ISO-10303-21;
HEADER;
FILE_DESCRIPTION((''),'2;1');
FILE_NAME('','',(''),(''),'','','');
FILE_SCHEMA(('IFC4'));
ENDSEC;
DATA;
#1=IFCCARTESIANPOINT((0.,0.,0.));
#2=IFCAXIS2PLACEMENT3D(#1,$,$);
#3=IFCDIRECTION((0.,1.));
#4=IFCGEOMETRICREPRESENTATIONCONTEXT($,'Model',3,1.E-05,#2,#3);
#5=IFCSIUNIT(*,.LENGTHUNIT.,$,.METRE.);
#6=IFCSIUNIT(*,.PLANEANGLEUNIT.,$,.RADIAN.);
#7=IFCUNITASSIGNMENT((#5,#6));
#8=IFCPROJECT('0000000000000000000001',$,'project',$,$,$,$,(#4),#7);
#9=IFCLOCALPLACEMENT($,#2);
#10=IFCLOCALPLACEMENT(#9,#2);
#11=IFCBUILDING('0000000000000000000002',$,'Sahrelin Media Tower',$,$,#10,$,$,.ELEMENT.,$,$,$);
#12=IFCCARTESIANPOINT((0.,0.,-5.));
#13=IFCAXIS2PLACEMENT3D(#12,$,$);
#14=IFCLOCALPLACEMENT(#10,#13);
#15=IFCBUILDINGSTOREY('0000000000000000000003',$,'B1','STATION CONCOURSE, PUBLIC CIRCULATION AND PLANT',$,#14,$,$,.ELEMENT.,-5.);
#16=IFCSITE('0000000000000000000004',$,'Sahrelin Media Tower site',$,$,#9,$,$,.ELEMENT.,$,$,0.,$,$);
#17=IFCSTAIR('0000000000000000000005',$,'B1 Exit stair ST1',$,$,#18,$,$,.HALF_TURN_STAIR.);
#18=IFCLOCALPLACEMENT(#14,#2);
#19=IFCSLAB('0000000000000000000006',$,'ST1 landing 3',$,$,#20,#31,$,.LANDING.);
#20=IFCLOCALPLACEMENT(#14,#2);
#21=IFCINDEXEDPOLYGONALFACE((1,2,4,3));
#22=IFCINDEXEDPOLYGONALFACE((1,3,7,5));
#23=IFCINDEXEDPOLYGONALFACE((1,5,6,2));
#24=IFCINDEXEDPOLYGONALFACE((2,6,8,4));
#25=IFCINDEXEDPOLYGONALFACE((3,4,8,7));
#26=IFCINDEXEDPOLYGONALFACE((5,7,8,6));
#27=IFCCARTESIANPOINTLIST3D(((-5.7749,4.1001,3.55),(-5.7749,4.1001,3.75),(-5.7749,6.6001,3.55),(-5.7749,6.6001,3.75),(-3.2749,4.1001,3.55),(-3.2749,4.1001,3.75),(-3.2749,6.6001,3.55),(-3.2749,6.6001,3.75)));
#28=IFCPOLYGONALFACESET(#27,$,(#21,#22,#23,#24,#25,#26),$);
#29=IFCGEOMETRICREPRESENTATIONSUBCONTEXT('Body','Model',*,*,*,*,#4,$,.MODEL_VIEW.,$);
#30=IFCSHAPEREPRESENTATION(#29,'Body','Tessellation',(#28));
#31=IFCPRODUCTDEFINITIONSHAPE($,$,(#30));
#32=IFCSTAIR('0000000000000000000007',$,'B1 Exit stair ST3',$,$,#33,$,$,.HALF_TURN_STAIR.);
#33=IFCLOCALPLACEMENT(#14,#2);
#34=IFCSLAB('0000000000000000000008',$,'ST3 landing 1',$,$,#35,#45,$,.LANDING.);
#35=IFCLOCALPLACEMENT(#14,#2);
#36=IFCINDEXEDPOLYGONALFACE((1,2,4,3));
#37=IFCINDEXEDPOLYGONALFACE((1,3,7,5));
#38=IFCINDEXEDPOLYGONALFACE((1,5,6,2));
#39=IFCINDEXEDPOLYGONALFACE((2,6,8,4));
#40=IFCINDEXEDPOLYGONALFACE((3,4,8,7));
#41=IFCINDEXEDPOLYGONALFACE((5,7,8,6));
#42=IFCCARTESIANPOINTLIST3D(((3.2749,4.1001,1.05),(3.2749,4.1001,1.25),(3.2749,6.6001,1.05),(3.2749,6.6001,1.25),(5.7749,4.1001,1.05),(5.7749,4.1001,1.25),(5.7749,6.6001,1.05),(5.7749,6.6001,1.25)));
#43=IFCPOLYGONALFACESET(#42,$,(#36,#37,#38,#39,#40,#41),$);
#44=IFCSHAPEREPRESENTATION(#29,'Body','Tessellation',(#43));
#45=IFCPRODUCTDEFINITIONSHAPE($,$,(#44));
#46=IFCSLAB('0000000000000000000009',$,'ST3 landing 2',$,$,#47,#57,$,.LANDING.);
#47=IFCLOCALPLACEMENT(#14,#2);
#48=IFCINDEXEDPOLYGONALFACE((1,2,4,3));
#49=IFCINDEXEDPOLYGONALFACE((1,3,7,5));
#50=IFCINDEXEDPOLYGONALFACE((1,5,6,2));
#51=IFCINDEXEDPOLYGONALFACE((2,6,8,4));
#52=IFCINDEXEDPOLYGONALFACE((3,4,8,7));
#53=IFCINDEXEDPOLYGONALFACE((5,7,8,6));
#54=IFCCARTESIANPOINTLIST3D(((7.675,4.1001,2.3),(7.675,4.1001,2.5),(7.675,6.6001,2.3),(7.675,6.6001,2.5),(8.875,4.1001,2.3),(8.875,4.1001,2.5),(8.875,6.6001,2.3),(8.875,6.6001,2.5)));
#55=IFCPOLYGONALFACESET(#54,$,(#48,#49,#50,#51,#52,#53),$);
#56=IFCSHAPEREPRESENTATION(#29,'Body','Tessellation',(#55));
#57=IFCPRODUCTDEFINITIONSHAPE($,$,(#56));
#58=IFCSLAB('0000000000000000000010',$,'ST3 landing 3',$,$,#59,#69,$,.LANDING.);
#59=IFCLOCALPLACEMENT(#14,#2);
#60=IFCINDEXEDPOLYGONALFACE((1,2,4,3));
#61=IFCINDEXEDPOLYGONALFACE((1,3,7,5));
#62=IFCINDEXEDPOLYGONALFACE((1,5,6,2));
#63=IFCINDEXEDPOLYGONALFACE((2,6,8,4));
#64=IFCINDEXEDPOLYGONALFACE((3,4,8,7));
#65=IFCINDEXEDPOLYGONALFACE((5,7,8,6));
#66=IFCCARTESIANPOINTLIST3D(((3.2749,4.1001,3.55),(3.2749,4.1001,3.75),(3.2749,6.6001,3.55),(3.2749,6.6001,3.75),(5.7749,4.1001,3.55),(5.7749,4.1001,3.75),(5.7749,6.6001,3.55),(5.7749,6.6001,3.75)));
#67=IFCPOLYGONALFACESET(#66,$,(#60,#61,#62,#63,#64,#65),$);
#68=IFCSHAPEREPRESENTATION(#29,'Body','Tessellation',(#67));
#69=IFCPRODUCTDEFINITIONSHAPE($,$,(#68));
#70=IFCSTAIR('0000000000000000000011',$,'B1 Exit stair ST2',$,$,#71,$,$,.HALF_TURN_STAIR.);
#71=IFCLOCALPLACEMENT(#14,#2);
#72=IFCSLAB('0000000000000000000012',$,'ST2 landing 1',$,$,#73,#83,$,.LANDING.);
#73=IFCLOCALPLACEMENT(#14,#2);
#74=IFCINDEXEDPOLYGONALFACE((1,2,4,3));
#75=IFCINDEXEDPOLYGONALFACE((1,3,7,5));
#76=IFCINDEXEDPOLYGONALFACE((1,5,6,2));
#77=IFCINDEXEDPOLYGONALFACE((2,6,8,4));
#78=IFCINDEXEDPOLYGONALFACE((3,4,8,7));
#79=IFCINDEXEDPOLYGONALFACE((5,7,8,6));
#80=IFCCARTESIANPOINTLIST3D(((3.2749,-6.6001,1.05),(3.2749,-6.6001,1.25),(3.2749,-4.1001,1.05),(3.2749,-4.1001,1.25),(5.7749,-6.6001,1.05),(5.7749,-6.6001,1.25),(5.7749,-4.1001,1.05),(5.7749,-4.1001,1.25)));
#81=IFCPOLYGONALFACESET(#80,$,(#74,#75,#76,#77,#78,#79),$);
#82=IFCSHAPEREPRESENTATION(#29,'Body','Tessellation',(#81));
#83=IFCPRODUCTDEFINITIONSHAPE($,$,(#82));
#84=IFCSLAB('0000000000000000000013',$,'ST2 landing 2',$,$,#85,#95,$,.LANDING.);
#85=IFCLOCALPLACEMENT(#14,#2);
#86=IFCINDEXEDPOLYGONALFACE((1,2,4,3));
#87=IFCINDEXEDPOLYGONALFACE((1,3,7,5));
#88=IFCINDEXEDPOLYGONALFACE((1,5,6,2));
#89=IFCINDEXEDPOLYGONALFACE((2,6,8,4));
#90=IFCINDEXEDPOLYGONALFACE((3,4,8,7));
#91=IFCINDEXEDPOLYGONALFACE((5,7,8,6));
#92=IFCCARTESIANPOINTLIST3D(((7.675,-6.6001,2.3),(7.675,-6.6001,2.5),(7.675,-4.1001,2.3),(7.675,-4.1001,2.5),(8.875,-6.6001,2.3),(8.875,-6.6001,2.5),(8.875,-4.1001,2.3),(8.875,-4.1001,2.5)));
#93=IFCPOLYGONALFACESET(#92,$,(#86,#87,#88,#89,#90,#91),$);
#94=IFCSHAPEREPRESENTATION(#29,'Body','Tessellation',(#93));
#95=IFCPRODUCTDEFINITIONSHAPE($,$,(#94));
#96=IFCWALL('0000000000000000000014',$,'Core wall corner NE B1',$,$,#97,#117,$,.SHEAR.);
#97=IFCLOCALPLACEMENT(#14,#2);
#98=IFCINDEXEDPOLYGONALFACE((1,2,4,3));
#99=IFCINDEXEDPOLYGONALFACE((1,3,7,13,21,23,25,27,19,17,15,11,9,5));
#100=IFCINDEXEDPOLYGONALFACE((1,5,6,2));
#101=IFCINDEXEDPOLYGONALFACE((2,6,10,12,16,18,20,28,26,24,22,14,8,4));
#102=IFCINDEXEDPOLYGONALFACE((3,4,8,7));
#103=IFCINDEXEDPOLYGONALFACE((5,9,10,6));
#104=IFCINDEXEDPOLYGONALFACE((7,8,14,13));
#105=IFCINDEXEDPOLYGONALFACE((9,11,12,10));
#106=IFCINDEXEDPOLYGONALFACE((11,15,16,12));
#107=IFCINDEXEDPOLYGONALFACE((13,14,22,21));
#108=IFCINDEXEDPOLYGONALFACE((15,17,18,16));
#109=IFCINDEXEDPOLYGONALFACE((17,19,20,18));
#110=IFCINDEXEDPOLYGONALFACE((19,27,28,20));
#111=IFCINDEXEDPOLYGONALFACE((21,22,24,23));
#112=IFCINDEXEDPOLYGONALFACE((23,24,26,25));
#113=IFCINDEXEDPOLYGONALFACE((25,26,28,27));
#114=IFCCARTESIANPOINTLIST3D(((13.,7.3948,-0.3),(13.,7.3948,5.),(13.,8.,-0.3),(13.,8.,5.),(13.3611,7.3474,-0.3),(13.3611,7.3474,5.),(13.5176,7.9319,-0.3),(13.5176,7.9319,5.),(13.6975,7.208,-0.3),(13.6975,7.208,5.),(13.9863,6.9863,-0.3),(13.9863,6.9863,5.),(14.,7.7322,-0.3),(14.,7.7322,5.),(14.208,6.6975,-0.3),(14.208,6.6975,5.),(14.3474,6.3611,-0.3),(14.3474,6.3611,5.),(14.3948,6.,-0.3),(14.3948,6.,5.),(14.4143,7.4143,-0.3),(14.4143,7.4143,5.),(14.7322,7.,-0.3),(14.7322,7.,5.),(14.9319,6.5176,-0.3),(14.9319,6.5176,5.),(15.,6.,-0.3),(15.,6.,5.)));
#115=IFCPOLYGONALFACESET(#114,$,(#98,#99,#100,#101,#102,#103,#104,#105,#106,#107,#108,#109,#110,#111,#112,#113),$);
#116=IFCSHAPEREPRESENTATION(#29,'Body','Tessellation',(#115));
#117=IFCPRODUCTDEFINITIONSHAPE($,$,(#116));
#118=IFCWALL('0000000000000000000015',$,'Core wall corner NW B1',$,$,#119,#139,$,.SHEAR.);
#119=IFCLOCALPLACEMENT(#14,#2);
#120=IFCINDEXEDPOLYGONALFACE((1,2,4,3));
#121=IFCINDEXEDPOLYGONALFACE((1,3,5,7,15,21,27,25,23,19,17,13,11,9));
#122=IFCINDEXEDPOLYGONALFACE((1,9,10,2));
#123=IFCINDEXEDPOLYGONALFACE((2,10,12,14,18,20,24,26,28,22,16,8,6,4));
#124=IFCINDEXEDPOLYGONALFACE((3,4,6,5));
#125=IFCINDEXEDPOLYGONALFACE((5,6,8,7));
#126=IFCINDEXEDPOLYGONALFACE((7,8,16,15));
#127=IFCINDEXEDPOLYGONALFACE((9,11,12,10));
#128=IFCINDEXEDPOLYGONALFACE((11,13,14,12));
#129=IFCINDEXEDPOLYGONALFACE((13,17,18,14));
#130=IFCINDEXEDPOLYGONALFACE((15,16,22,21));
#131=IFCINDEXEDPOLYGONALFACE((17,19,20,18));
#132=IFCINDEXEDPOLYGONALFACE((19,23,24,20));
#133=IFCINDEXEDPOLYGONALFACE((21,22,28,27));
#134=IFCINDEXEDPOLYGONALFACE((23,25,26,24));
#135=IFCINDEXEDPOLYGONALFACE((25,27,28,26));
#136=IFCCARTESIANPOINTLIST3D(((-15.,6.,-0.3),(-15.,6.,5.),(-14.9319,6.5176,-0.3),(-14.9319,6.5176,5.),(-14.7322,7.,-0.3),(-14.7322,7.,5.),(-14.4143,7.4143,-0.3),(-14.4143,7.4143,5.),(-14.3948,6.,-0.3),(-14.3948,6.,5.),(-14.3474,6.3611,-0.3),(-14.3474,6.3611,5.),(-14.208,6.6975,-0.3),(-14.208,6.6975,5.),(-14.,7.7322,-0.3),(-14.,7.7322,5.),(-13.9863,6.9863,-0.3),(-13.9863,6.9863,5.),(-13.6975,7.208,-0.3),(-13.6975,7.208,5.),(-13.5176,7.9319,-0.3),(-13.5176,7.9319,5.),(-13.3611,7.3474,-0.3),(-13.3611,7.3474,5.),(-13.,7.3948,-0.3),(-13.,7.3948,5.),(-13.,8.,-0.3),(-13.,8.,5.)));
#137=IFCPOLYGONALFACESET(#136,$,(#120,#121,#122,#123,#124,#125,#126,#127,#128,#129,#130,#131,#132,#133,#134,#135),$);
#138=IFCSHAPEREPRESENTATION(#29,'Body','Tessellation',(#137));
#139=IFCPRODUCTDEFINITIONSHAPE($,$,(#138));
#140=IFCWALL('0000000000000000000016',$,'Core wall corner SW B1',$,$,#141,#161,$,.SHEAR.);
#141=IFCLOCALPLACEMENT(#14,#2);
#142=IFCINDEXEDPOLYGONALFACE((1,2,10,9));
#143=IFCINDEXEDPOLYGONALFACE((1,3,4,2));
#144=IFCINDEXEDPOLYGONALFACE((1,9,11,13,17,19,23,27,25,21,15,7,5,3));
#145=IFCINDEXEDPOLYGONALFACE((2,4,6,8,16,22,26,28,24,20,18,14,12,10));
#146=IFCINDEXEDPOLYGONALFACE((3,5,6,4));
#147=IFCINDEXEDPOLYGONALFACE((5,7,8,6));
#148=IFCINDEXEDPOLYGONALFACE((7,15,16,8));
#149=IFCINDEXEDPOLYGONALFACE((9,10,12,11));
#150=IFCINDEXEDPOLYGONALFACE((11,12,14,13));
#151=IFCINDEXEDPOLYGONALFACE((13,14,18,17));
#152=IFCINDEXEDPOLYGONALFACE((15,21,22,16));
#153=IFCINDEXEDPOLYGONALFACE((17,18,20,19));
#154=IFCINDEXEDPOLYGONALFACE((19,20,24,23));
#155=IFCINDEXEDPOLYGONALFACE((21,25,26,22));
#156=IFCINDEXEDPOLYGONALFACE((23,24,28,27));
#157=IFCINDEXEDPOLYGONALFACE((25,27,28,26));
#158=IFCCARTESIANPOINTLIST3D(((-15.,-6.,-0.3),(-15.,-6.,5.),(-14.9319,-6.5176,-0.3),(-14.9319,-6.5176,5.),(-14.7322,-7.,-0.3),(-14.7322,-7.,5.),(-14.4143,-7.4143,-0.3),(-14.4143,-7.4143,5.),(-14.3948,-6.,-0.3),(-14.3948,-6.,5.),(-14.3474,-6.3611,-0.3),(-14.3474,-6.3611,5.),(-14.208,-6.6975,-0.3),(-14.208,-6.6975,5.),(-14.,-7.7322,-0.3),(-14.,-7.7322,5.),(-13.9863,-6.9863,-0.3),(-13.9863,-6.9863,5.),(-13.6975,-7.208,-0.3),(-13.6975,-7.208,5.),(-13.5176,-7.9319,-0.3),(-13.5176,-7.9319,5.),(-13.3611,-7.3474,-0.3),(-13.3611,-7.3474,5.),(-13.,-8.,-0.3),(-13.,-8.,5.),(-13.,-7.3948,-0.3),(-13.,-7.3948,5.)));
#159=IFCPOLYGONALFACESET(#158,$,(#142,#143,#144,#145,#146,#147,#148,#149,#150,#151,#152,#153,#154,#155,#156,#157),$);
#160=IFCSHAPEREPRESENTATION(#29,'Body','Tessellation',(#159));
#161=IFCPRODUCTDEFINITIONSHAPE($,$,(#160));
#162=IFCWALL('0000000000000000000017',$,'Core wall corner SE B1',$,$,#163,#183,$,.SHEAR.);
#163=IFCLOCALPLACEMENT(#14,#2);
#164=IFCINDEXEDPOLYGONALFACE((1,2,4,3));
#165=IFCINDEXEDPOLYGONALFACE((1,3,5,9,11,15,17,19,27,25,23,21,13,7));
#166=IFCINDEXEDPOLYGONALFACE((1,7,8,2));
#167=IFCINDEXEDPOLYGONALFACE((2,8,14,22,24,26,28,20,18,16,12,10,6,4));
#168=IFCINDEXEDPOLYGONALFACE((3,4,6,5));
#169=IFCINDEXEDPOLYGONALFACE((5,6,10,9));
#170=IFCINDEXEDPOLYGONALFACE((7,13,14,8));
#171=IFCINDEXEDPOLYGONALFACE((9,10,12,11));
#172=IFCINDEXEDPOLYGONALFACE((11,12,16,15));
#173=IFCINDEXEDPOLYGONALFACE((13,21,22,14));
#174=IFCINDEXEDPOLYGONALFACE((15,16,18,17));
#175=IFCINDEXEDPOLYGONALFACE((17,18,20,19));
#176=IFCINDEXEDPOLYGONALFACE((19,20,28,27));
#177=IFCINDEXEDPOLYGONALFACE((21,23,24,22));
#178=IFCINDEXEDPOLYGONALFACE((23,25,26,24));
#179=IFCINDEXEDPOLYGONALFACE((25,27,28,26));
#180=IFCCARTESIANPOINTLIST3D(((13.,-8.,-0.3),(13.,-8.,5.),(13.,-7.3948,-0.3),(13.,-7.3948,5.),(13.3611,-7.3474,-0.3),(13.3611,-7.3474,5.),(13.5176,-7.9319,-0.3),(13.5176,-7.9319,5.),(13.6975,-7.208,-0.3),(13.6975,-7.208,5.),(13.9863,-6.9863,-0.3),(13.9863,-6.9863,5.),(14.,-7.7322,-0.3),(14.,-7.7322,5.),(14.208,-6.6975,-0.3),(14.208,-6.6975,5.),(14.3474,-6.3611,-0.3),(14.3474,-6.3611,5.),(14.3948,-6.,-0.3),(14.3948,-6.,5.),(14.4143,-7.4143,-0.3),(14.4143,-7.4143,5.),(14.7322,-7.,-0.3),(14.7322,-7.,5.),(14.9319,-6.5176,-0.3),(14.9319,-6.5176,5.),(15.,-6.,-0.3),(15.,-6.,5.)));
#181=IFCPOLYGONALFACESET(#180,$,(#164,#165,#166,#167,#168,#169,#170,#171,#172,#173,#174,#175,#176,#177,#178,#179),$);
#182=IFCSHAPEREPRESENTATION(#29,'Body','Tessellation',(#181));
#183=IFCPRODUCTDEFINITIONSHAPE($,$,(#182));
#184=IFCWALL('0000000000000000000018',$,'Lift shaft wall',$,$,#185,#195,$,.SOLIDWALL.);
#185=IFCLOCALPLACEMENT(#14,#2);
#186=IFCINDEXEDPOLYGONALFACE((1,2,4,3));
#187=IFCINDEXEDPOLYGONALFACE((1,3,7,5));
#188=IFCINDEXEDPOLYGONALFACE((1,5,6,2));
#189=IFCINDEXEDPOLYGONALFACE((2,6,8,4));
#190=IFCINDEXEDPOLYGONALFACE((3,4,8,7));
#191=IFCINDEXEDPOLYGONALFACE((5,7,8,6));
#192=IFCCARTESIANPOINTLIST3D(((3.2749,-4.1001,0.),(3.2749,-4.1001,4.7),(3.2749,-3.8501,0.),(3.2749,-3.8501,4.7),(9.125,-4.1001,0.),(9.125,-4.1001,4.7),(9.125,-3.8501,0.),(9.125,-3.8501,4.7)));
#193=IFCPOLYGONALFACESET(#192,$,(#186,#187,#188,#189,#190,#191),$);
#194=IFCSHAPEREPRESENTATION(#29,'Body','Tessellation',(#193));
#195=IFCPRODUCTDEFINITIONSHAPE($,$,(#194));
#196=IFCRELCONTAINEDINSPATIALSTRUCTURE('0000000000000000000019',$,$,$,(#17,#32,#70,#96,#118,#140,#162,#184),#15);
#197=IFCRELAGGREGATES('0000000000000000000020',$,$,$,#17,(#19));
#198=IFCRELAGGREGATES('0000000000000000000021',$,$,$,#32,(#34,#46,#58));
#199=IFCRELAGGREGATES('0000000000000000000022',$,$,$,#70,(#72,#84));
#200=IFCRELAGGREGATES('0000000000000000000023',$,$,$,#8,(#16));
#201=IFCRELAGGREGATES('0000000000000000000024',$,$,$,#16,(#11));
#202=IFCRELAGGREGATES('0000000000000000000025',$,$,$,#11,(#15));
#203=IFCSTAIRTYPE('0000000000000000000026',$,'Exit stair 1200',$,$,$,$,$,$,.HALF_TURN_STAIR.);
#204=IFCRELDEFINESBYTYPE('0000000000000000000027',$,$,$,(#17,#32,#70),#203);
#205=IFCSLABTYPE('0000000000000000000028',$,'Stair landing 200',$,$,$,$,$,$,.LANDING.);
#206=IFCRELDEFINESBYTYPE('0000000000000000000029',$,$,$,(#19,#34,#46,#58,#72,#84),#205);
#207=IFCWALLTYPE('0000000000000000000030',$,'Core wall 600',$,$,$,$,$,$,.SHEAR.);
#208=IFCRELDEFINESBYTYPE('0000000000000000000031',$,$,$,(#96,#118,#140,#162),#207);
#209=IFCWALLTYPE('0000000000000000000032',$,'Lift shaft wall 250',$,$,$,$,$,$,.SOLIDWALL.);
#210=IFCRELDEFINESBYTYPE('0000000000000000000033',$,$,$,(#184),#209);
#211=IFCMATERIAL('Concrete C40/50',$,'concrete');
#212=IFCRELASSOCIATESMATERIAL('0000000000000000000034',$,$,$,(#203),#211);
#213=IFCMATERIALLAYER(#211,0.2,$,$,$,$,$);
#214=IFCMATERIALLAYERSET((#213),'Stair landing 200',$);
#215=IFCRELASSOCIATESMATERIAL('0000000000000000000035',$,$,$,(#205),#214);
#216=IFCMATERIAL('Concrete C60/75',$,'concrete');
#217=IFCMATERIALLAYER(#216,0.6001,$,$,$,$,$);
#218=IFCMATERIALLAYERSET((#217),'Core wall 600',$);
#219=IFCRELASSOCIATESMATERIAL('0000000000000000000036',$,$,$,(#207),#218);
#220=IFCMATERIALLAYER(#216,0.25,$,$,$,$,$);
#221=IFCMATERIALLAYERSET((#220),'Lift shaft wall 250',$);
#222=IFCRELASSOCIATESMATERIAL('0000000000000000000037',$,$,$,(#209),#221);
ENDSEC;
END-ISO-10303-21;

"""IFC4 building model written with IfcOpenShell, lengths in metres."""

from ifc_helpers import new_model, si_unit, direction, frame, frame_2d, origin, place, context, subcontext, project, spatial, polyline, rectangle, outline, extrude, material, layer, layer_set, type_object, element, aggregate, save


model = new_model("IFC4")

# Units and contexts
model_context = context("Model", 3, precision=1e-05, world=origin(), true_north=direction((0.0, 1.0)))
body_context = subcontext(model_context, "Body", "Model", "MODEL_VIEW")
ifc_project = project(units=[si_unit("LENGTHUNIT", "METRE"), si_unit("PLANEANGLEUNIT", "RADIAN")], contexts=[model_context])

# Site, building, storey
site_placement = place(None, origin())
site = spatial("IfcSite", under=ifc_project, at=site_placement, Name="Sahrelin Media Tower site", CompositionType="ELEMENT", RefElevation=0.0)
building_placement = place(site_placement, origin())
building = spatial("IfcBuilding", under=site, at=building_placement, Name="Sahrelin Media Tower", CompositionType="ELEMENT")
storey_placement = place(building_placement, frame((0.0, 0.0, -5.0)))
storey = spatial("IfcBuildingStorey", under=building, at=storey_placement, Name="B1", Description="STATION CONCOURSE, PUBLIC CIRCULATION AND PLANT", CompositionType="ELEMENT", Elevation=-5.0)

# Shared definitions
ifc_material_1 = material(Name="Concrete C60/75", Category="concrete")

# Shared definitions
ifc_material_2 = material(Name="Concrete C40/50", Category="concrete")
placement_1 = place(storey_placement, frame((0.0, 0.0, -0.3)))

# Stairs, slabs
stair_type = type_object("IfcStairType", Name="Exit stair 1200", PredefinedType="HALF_TURN_STAIR", material=ifc_material_2)
placement_2 = place(storey_placement, origin())
stair_1 = element("IfcStair", 1, at=placement_2, inside=storey, type_object=stair_type, Name="B1 Exit stair ST1", PredefinedType="HALF_TURN_STAIR")
ifc_layer_1 = layer(ifc_material_2, 0.2)
ifc_layer_set_1 = layer_set([ifc_layer_1], Name="Stair landing 200")
slab_type_1 = type_object("IfcSlabType", Name="Stair landing 200", PredefinedType="LANDING", material=ifc_layer_set_1)
placement_3 = place(storey_placement, frame((0.0, 0.0, 1.05)))
placement_4 = place(storey_placement, frame((0.0, 0.0, 2.3)))
placement_5 = place(storey_placement, frame((0.0, 0.0, 3.55)))
slab_1 = element("IfcSlab", 2, at=placement_5, type_object=slab_type_1, Name="ST1 landing 3", PredefinedType="LANDING", context=body_context, shape_type="SweptSolid", body=[
    extrude(outline(polyline([(-5.7749, 4.1001), (-3.2749, 4.1001), (-3.2749, 6.6001), (-5.7749, 6.6001), (-5.7749, 4.1001)])), origin(), (0.0, 0.0, 1.0), 0.2),
])
aggregate(stair_1, [slab_1])
stair_2 = element("IfcStair", 3, at=placement_2, inside=storey, type_object=stair_type, Name="B1 Exit stair ST3", PredefinedType="HALF_TURN_STAIR")
slab_2 = element("IfcSlab", 4, at=placement_3, type_object=slab_type_1, Name="ST3 landing 1", PredefinedType="LANDING", context=body_context, shape_type="SweptSolid", body=[
    extrude(outline(polyline([(5.7749, 6.6001), (3.2749, 6.6001), (3.2749, 4.1001), (5.7749, 4.1001), (5.7749, 6.6001)])), origin(), (0.0, 0.0, 1.0), 0.2),
])
slab_3 = element("IfcSlab", 5, at=placement_4, type_object=slab_type_1, Name="ST3 landing 2", PredefinedType="LANDING", context=body_context, shape_type="SweptSolid", body=[
    extrude(outline(polyline([(8.875, 6.6001), (7.675, 6.6001), (7.675, 4.1001), (8.875, 4.1001), (8.875, 6.6001)])), origin(), (0.0, 0.0, 1.0), 0.2),
])
slab_4 = element("IfcSlab", 6, at=placement_5, type_object=slab_type_1, Name="ST3 landing 3", PredefinedType="LANDING", context=body_context, shape_type="SweptSolid", body=[
    extrude(outline(polyline([(5.7749, 6.6001), (3.2749, 6.6001), (3.2749, 4.1001), (5.7749, 4.1001), (5.7749, 6.6001)])), origin(), (0.0, 0.0, 1.0), 0.2),
])
aggregate(stair_2, [slab_2, slab_3, slab_4])
stair_3 = element("IfcStair", 7, at=placement_2, inside=storey, type_object=stair_type, Name="B1 Exit stair ST2", PredefinedType="HALF_TURN_STAIR")
slab_5 = element("IfcSlab", 8, at=placement_3, type_object=slab_type_1, Name="ST2 landing 1", PredefinedType="LANDING", context=body_context, shape_type="SweptSolid", body=[
    extrude(outline(polyline([(5.7749, -4.1001), (3.2749, -4.1001), (3.2749, -6.6001), (5.7749, -6.6001), (5.7749, -4.1001)])), origin(), (0.0, 0.0, 1.0), 0.2),
])
slab_6 = element("IfcSlab", 9, at=placement_4, type_object=slab_type_1, Name="ST2 landing 2", PredefinedType="LANDING", context=body_context, shape_type="SweptSolid", body=[
    extrude(outline(polyline([(8.875, -4.1001), (7.675, -4.1001), (7.675, -6.6001), (8.875, -6.6001), (8.875, -4.1001)])), origin(), (0.0, 0.0, 1.0), 0.2),
])
aggregate(stair_3, [slab_5, slab_6])

# Walls
ifc_layer_2 = layer(ifc_material_1, 0.6001)
ifc_layer_set_2 = layer_set([ifc_layer_2], Name="Core wall 600")
wall_type_1 = type_object("IfcWallType", Name="Core wall 600", PredefinedType="SHEAR", material=ifc_layer_set_2)
element("IfcWall", 10, at=placement_1, inside=storey, type_object=wall_type_1, Name="Core wall corner NE B1", PredefinedType="SHEAR", context=body_context, shape_type="SweptSolid", body=[
    extrude(outline(polyline([(13.0, 8.0), (13.0, 7.3948), (13.3611, 7.3474), (13.6975, 7.208), (13.9863, 6.9863), (14.208, 6.6975), (14.3474, 6.3611), (14.3948, 6.0), (15.0, 6.0), (14.9319, 6.5176), (14.7322, 7.0), (14.4143, 7.4143), (14.0, 7.7322), (13.5176, 7.9319), (13.0, 8.0)])), origin(), (0.0, 0.0, 1.0), 5.3),
])
element("IfcWall", 11, at=placement_1, inside=storey, type_object=wall_type_1, Name="Core wall corner NW B1", PredefinedType="SHEAR", context=body_context, shape_type="SweptSolid", body=[
    extrude(outline(polyline([(-15.0, 6.0), (-14.3948, 6.0), (-14.3474, 6.3611), (-14.208, 6.6975), (-13.9863, 6.9863), (-13.6975, 7.208), (-13.3611, 7.3474), (-13.0, 7.3948), (-13.0, 8.0), (-13.5176, 7.9319), (-14.0, 7.7322), (-14.4143, 7.4143), (-14.7322, 7.0), (-14.9319, 6.5176), (-15.0, 6.0)])), origin(), (0.0, 0.0, 1.0), 5.3),
])
element("IfcWall", 12, at=placement_1, inside=storey, type_object=wall_type_1, Name="Core wall corner SW B1", PredefinedType="SHEAR", context=body_context, shape_type="SweptSolid", body=[
    extrude(outline(polyline([(-13.0, -8.0), (-13.0, -7.3948), (-13.3611, -7.3474), (-13.6975, -7.208), (-13.9863, -6.9863), (-14.208, -6.6975), (-14.3474, -6.3611), (-14.3948, -6.0), (-15.0, -6.0), (-14.9319, -6.5176), (-14.7322, -7.0), (-14.4143, -7.4143), (-14.0, -7.7322), (-13.5176, -7.9319), (-13.0, -8.0)])), origin(), (0.0, 0.0, 1.0), 5.3),
])
element("IfcWall", 13, at=placement_1, inside=storey, type_object=wall_type_1, Name="Core wall corner SE B1", PredefinedType="SHEAR", context=body_context, shape_type="SweptSolid", body=[
    extrude(outline(polyline([(15.0, -6.0), (14.3948, -6.0), (14.3474, -6.3611), (14.208, -6.6975), (13.9863, -6.9863), (13.6975, -7.208), (13.3611, -7.3474), (13.0, -7.3948), (13.0, -8.0), (13.5176, -7.9319), (14.0, -7.7322), (14.4143, -7.4143), (14.7322, -7.0), (14.9319, -6.5176), (15.0, -6.0)])), origin(), (0.0, 0.0, 1.0), 5.3),
])
ifc_layer_3 = layer(ifc_material_1, 0.25)
ifc_layer_set_3 = layer_set([ifc_layer_3], Name="Lift shaft wall 250")
wall_type_2 = type_object("IfcWallType", Name="Lift shaft wall 250", PredefinedType="SOLIDWALL", material=ifc_layer_set_3)
wall_1_placement = place(storey_placement, frame((3.2749, -3.9751, 0.0), z_axis=(0.0, 0.0, 1.0), x_axis=(1.0, 0.0, 0.0)))
element("IfcWall", 14, at=wall_1_placement, inside=storey, type_object=wall_type_2, Name="Lift shaft wall", PredefinedType="SOLIDWALL", context=body_context, shape_type="SweptSolid", body=[
    extrude(rectangle(XDim=5.8501, YDim=0.25, at=frame_2d((2.925, 0.0))), origin(), (0.0, 0.0, 1.0), 4.7),
])

save(model, "model.ifc")
